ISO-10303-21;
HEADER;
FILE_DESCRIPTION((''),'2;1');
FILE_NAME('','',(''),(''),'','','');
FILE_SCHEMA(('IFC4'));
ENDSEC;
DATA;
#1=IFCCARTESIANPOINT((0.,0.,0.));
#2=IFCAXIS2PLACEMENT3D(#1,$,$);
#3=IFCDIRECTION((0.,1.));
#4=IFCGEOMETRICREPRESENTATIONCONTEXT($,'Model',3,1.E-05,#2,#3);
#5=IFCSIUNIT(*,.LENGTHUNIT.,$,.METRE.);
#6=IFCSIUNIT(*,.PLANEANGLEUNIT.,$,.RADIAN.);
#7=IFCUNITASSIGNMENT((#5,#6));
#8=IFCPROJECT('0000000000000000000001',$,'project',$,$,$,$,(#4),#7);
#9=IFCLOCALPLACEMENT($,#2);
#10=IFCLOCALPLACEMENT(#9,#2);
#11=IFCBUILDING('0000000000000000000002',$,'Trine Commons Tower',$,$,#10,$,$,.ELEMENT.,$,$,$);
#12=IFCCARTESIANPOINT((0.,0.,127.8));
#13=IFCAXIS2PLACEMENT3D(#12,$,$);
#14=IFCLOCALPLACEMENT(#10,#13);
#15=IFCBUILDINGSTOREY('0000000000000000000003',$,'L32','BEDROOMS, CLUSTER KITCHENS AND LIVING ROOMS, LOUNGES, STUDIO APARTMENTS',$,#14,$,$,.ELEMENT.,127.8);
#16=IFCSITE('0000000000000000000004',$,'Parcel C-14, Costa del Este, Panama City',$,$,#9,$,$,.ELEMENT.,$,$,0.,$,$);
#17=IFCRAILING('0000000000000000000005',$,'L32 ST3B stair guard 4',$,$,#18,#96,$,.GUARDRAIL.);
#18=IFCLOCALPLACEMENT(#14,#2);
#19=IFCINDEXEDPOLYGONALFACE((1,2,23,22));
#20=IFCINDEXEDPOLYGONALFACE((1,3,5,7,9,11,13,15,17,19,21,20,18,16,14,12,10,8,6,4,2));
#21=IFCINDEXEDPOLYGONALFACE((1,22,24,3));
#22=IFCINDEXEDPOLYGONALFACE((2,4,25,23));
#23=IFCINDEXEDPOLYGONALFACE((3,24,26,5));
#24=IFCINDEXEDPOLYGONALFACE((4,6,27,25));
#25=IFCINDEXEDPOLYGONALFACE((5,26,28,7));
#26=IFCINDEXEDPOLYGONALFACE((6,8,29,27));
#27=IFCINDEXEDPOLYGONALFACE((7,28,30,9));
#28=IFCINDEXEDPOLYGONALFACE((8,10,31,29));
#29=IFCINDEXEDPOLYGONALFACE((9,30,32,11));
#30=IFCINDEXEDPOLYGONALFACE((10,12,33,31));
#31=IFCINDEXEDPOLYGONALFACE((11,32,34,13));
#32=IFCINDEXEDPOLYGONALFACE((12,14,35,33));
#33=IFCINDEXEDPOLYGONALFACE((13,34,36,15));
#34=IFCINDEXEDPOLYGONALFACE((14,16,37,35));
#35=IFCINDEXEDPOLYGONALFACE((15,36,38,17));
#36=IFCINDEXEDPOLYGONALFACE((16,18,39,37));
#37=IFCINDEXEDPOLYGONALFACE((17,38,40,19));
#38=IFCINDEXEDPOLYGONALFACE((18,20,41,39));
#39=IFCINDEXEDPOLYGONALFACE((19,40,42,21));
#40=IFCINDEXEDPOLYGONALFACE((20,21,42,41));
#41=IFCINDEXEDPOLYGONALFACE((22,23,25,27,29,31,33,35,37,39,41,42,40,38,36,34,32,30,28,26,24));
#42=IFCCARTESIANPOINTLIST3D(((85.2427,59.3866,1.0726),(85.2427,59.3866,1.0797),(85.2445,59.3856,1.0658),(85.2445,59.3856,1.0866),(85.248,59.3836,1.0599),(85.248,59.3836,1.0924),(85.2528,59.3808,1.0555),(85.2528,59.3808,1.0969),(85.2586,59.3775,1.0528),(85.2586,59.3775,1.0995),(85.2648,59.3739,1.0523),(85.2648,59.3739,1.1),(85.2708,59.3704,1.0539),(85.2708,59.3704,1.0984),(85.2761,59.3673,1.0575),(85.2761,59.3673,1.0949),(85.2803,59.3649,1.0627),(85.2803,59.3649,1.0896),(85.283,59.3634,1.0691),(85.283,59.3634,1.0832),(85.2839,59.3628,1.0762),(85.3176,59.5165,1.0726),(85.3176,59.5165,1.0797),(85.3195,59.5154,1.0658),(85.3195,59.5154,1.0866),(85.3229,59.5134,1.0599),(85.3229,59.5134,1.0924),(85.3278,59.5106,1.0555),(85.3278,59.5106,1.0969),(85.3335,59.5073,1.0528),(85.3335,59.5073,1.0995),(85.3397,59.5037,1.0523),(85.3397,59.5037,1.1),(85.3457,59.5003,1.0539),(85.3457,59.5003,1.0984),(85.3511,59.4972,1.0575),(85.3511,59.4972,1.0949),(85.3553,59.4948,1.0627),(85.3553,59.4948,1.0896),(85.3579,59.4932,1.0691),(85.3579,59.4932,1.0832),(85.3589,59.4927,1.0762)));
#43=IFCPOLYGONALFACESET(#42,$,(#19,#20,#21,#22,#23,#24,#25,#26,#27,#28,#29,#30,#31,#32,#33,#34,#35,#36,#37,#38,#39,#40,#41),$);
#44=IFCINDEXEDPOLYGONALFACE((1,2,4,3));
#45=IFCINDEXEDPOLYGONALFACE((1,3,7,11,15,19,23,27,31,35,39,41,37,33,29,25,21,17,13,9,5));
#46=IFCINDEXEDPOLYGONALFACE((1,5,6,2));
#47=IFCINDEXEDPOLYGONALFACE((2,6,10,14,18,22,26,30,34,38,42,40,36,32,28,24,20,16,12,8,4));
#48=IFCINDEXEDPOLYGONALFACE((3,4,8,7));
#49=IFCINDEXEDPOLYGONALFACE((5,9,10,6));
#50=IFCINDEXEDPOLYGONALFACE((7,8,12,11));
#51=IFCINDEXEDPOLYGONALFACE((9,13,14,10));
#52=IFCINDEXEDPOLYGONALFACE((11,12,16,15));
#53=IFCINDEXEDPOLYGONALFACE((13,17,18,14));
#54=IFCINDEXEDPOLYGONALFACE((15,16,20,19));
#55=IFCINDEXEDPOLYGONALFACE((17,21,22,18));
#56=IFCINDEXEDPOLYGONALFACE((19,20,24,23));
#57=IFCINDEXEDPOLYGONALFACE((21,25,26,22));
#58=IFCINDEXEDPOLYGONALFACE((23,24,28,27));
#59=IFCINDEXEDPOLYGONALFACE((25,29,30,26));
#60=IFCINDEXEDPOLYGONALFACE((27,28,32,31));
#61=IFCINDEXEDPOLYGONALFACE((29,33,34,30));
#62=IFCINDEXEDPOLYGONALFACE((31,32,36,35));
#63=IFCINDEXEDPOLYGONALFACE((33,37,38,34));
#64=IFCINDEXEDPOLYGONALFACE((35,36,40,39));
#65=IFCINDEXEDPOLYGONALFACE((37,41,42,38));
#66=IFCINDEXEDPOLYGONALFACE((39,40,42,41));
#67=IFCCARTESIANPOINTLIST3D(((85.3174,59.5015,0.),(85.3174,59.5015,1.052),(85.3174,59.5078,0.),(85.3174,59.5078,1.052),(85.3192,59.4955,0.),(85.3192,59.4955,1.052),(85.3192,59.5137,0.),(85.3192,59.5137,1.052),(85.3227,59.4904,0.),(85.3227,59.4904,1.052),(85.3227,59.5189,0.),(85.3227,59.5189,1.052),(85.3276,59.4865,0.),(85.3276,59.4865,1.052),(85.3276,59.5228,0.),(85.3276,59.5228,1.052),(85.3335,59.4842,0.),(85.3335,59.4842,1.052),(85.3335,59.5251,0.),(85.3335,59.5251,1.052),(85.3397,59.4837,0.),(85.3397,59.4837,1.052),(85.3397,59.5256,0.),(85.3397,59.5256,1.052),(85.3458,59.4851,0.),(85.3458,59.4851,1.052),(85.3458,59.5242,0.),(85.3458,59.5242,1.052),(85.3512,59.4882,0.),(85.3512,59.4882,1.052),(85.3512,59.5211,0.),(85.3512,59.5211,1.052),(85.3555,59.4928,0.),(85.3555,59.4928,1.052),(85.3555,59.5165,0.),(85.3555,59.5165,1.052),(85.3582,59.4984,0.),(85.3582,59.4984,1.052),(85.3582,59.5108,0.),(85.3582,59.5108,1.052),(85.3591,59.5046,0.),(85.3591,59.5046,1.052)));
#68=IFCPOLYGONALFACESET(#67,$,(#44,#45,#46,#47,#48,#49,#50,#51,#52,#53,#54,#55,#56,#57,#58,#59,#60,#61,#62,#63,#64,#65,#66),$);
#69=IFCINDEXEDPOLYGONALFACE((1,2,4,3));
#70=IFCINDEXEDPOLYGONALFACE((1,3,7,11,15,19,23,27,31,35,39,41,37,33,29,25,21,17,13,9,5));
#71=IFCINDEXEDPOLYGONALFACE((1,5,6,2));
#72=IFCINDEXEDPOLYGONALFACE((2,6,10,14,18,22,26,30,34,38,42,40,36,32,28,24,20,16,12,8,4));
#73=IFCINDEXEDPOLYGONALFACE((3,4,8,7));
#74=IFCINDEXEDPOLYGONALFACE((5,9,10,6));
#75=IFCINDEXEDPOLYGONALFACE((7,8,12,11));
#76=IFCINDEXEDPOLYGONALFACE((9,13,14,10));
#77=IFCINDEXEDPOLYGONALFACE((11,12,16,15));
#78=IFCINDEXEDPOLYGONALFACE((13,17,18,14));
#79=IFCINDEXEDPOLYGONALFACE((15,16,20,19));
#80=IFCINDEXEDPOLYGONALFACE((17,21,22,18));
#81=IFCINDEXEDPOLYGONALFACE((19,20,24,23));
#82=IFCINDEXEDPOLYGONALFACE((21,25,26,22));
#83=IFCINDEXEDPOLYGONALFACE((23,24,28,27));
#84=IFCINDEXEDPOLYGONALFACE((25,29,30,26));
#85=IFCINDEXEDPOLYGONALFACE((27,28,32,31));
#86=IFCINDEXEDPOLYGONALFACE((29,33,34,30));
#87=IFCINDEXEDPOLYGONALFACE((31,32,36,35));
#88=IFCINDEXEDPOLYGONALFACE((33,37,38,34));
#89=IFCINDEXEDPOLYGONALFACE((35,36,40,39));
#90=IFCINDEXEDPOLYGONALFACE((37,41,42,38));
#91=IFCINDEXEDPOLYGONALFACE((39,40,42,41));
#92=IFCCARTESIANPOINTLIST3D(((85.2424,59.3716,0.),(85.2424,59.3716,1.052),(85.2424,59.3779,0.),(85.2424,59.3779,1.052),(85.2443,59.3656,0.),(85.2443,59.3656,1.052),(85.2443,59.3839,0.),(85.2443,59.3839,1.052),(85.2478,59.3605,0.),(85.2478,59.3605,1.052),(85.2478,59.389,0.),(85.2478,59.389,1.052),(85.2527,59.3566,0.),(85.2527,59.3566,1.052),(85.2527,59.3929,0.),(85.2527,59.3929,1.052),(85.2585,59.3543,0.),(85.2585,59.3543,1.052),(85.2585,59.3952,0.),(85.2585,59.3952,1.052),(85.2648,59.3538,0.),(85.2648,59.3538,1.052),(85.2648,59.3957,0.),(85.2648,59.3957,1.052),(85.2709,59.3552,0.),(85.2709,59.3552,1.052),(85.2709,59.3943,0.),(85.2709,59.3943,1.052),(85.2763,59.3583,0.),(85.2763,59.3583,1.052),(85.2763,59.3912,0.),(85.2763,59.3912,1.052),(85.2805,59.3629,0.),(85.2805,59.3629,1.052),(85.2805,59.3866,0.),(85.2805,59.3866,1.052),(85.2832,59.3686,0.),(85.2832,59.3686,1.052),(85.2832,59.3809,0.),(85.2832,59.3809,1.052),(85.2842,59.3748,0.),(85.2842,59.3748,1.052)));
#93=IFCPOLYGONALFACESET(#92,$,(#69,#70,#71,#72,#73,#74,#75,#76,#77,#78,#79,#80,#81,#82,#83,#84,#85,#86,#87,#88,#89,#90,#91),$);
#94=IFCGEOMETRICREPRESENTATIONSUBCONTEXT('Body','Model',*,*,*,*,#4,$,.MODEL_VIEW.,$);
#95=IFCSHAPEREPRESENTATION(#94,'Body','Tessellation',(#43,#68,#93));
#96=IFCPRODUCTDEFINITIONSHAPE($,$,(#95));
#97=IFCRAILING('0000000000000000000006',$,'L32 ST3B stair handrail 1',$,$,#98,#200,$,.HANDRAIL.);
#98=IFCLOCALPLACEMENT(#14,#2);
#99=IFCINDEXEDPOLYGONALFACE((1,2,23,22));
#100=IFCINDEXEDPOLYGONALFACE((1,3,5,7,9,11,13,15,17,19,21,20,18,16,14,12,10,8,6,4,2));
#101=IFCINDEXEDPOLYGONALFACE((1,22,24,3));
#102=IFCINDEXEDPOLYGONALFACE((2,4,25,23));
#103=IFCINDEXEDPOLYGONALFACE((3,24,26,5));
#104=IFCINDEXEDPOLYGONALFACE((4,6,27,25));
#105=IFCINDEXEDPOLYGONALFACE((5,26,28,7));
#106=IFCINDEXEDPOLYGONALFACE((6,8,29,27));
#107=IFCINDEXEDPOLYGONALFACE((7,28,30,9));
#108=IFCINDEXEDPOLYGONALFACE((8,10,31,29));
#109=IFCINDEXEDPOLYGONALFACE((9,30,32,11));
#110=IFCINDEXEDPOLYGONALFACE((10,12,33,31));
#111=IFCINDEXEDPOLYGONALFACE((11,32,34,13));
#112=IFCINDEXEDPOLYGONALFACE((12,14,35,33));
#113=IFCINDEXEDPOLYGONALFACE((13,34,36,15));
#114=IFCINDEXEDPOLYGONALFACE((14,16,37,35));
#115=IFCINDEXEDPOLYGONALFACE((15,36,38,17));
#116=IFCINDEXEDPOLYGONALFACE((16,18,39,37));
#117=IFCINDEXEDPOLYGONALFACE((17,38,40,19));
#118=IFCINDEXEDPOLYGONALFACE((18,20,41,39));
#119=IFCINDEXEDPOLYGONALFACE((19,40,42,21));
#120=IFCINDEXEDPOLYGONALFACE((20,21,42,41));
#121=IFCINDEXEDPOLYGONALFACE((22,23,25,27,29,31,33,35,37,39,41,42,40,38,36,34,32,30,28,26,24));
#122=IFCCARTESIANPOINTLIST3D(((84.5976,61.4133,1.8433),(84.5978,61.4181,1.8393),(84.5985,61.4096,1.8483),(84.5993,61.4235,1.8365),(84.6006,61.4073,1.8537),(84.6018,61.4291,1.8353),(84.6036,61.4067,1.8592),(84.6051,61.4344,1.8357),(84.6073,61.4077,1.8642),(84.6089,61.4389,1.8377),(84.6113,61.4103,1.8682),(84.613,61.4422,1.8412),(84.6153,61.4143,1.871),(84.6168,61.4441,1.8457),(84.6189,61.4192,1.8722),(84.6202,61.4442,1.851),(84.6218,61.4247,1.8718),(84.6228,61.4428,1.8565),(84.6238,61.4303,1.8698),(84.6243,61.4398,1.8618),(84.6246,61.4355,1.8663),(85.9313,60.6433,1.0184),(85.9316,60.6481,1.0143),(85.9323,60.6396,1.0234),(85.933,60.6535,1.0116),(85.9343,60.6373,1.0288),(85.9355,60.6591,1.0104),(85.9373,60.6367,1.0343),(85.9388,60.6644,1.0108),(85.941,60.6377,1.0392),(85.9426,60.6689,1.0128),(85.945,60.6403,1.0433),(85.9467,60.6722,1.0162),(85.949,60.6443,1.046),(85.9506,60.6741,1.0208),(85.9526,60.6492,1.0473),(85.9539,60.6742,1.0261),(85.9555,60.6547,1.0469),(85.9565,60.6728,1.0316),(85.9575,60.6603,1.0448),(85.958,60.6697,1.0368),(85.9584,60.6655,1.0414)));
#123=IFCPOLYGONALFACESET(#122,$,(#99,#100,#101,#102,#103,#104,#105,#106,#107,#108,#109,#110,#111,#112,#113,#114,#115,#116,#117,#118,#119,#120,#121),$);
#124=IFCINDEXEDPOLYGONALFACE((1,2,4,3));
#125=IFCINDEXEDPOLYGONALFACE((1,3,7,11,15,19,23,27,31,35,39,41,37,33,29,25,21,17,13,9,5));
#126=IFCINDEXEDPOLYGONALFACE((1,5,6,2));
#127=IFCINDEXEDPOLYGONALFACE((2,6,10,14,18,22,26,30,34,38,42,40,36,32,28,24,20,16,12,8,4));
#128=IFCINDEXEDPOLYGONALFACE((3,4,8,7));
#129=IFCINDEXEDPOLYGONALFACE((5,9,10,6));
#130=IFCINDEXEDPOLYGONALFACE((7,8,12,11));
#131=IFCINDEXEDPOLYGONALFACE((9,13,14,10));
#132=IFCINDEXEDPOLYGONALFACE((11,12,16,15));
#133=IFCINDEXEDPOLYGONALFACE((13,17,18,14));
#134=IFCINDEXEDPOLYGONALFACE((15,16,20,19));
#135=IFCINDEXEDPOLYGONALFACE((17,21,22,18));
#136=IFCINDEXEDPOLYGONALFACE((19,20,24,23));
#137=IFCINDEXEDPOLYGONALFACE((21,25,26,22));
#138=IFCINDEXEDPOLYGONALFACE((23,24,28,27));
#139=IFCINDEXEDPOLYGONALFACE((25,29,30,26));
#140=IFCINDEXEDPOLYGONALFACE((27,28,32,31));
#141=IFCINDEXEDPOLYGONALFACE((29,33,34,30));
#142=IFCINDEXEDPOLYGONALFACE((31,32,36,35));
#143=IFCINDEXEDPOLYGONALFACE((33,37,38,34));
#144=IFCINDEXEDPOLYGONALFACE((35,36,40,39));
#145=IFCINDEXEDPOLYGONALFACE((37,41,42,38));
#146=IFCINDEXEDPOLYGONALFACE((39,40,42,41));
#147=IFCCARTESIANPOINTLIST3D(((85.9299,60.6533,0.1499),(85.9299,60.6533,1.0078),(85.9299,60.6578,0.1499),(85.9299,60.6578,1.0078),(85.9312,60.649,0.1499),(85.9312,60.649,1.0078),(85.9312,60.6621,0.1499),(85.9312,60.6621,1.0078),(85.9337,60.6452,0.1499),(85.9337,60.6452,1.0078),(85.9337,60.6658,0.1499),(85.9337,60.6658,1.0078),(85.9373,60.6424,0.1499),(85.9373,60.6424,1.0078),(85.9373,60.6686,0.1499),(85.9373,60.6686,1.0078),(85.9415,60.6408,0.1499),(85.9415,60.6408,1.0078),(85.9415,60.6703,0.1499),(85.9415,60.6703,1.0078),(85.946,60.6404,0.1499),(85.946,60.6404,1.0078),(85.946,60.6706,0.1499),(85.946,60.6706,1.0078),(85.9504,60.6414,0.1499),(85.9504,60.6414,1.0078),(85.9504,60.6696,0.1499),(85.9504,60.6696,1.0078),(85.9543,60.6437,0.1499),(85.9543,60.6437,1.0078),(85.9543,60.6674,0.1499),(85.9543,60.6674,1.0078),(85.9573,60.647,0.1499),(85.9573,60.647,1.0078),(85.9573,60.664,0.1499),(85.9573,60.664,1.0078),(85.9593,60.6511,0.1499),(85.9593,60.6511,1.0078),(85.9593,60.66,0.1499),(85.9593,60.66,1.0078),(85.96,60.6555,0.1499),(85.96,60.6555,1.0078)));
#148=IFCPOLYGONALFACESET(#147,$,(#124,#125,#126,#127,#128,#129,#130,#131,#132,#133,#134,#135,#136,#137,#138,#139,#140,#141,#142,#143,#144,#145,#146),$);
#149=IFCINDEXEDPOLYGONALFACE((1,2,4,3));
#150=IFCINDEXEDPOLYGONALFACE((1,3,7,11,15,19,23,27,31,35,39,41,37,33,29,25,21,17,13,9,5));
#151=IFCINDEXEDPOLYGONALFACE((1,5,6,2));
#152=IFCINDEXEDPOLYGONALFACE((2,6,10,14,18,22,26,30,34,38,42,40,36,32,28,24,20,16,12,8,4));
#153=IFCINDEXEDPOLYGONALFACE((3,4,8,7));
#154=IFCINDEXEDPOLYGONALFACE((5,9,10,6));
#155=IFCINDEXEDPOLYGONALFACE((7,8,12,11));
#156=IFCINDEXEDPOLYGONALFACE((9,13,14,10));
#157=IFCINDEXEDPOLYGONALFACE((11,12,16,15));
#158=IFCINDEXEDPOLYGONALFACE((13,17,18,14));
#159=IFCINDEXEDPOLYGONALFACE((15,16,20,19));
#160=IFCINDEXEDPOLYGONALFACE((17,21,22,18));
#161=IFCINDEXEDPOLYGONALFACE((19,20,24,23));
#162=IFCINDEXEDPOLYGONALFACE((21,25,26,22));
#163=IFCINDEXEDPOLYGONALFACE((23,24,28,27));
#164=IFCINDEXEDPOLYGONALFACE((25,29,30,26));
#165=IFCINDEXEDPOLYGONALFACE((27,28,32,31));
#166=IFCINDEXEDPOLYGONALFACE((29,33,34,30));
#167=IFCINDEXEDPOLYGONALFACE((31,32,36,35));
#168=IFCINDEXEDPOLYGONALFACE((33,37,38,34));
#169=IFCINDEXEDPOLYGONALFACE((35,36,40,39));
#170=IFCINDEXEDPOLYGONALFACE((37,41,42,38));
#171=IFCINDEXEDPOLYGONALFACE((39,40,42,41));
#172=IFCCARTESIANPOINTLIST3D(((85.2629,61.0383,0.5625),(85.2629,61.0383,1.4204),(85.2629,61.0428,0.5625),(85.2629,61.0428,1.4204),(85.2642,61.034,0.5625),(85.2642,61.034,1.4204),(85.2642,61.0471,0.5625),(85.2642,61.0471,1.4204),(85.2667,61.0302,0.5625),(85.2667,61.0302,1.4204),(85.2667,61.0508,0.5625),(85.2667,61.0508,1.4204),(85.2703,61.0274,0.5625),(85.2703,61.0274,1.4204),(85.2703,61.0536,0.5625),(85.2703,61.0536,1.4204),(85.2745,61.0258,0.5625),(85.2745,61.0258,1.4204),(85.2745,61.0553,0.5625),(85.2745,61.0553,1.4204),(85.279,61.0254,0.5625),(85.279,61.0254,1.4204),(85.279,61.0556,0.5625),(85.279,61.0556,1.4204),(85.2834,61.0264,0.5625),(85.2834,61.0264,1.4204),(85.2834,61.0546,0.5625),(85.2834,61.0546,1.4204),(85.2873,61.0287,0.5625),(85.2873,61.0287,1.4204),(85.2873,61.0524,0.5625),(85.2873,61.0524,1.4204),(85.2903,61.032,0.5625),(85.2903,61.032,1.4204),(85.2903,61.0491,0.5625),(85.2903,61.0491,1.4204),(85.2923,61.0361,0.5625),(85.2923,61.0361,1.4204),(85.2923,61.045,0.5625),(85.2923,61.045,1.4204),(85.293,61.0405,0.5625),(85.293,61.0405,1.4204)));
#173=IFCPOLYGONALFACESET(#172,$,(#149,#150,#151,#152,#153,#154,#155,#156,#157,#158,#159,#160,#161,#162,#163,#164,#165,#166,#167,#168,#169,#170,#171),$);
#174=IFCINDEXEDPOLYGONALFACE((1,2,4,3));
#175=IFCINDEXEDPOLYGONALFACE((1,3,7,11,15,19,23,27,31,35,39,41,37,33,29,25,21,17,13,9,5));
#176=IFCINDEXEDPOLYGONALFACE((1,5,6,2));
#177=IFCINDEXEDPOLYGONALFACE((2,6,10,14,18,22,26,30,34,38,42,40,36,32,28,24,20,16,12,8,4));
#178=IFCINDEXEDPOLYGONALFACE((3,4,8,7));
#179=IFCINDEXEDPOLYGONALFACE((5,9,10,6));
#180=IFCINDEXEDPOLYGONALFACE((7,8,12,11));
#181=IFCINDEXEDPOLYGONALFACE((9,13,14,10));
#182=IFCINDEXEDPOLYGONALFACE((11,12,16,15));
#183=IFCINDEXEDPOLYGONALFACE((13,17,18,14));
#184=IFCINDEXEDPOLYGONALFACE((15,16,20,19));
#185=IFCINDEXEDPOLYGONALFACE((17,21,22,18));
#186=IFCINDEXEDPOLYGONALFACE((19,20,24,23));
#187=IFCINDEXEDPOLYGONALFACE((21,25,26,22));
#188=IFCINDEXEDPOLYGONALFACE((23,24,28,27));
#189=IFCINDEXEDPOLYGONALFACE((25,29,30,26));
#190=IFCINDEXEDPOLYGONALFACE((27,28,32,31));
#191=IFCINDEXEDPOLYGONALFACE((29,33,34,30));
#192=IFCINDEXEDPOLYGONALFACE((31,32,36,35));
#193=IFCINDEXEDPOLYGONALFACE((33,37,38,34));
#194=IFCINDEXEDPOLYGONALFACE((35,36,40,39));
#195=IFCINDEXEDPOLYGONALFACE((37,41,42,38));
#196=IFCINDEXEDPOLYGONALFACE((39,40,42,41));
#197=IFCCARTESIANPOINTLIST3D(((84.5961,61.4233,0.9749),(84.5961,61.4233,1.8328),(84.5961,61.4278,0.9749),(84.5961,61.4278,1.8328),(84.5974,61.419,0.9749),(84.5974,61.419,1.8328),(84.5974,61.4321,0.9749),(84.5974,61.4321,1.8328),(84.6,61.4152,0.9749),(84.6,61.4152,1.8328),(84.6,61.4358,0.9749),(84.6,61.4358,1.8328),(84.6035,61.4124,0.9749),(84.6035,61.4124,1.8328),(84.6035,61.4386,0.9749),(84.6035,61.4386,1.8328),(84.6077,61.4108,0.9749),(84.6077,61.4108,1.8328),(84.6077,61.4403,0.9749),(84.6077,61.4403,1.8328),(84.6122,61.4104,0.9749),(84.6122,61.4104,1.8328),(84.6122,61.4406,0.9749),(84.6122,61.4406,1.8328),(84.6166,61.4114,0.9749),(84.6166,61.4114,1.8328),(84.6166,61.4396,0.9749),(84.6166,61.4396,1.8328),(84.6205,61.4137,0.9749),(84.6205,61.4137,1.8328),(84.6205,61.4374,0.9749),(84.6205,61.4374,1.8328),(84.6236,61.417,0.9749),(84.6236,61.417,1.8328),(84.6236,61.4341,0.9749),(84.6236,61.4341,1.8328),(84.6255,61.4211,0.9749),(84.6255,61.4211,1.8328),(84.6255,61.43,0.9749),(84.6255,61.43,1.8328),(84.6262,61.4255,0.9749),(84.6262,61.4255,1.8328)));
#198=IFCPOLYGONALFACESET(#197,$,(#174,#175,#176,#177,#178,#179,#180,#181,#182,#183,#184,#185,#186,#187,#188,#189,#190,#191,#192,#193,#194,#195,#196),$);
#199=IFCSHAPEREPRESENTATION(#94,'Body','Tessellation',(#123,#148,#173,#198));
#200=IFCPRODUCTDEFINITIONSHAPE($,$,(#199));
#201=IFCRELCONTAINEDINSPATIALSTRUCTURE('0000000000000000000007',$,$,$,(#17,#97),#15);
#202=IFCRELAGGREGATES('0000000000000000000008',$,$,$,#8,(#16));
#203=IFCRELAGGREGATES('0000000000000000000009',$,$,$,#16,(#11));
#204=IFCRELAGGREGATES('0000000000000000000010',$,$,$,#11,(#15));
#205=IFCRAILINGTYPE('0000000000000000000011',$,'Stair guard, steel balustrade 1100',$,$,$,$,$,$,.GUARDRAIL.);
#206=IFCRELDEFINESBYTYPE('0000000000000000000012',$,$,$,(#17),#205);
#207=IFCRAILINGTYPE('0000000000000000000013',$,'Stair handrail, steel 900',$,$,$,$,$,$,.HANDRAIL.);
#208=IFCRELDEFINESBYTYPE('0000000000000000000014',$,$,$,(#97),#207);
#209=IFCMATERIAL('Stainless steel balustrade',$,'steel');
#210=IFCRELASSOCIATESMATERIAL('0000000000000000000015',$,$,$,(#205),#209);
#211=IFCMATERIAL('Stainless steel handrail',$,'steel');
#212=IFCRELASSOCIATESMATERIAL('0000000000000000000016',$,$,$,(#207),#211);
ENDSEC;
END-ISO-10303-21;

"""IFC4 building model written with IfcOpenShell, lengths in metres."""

from ifc_helpers import new_model, si_unit, direction, frame, origin, origin_2d, place, context, subcontext, project, spatial, circle, extrude, material, type_object, element, save


model = new_model("IFC4")

# Units and contexts
model_context = context("Model", 3, precision=1e-05, world=origin(), true_north=direction((0.0, 1.0)))
body_context = subcontext(model_context, "Body", "Model", "MODEL_VIEW")
ifc_project = project(units=[si_unit("LENGTHUNIT", "METRE"), si_unit("PLANEANGLEUNIT", "RADIAN")], contexts=[model_context])

# Site, building, storey
site_placement = place(None, origin())
site = spatial("IfcSite", under=ifc_project, at=site_placement, Name="Parcel C-14, Costa del Este, Panama City", CompositionType="ELEMENT", RefElevation=0.0)
building_placement = place(site_placement, origin())
building = spatial("IfcBuilding", under=site, at=building_placement, Name="Trine Commons Tower", CompositionType="ELEMENT")
storey_placement = place(building_placement, frame((0.0, 0.0, 127.8)))
storey = spatial("IfcBuildingStorey", under=building, at=storey_placement, Name="L32", Description="BEDROOMS, CLUSTER KITCHENS AND LIVING ROOMS, LOUNGES, STUDIO APARTMENTS", CompositionType="ELEMENT", Elevation=127.8)

# Railings
ifc_material_1 = material(Name="Stainless steel balustrade", Category="steel")
railing_type_1 = type_object("IfcRailingType", Name="Stair guard, steel balustrade 1100", PredefinedType="GUARDRAIL", material=ifc_material_1)
railing_1_placement = place(storey_placement, frame((85.3381, 59.5046, 0.0)))
element("IfcRailing", 1, at=railing_1_placement, inside=storey, type_object=railing_type_1, Name="L32 ST3B stair guard 4", PredefinedType="GUARDRAIL", context=body_context, shape_type="SweptSolid", body=[
    extrude(circle(Radius=0.0239, at=origin_2d()), frame((0.0, 0.0, 1.0762), z_axis=(-0.499816, -0.866131, 0.0), x_axis=(0.866131, -0.499816, 0.0)), (0.0, 0.0, 1.0), 0.1499),
    extrude(circle(Radius=0.021, at=origin_2d()), origin(), (0.0, 0.0, 1.0), 1.052),
    extrude(circle(Radius=0.021, at=origin_2d()), frame((-0.075, -0.1299, 0.0)), (0.0, 0.0, 1.0), 1.052),
])
ifc_material_2 = material(Name="Stainless steel handrail", Category="steel")
railing_type_2 = type_object("IfcRailingType", Name="Stair handrail, steel 900", PredefinedType="HANDRAIL", material=ifc_material_2)
railing_2_placement = place(storey_placement, frame((85.9448, 60.6555, 0.1499)))
element("IfcRailing", 2, at=railing_2_placement, inside=storey, type_object=railing_type_2, Name="L32 ST3B stair handrail 1", PredefinedType="HANDRAIL", context=body_context, shape_type="SweptSolid", body=[
    extrude(circle(Radius=0.021, at=origin_2d()), frame((0.0, 0.0, 0.8789), z_axis=(-0.763405, 0.440743, 0.472185), x_axis=(-0.499992, -0.86603, 0.0)), (0.0, 0.0, 1.0), 1.7471),
    extrude(circle(Radius=0.0151, at=origin_2d()), origin(), (0.0, 0.0, 1.0), 0.8579),
    extrude(circle(Radius=0.0151, at=origin_2d()), frame((-0.667, 0.385, 0.4126)), (0.0, 0.0, 1.0), 0.8579),
    extrude(circle(Radius=0.0151, at=origin_2d()), frame((-1.3337, 0.77, 0.825)), (0.0, 0.0, 1.0), 0.8579),
])

save(model, "model.ifc")
